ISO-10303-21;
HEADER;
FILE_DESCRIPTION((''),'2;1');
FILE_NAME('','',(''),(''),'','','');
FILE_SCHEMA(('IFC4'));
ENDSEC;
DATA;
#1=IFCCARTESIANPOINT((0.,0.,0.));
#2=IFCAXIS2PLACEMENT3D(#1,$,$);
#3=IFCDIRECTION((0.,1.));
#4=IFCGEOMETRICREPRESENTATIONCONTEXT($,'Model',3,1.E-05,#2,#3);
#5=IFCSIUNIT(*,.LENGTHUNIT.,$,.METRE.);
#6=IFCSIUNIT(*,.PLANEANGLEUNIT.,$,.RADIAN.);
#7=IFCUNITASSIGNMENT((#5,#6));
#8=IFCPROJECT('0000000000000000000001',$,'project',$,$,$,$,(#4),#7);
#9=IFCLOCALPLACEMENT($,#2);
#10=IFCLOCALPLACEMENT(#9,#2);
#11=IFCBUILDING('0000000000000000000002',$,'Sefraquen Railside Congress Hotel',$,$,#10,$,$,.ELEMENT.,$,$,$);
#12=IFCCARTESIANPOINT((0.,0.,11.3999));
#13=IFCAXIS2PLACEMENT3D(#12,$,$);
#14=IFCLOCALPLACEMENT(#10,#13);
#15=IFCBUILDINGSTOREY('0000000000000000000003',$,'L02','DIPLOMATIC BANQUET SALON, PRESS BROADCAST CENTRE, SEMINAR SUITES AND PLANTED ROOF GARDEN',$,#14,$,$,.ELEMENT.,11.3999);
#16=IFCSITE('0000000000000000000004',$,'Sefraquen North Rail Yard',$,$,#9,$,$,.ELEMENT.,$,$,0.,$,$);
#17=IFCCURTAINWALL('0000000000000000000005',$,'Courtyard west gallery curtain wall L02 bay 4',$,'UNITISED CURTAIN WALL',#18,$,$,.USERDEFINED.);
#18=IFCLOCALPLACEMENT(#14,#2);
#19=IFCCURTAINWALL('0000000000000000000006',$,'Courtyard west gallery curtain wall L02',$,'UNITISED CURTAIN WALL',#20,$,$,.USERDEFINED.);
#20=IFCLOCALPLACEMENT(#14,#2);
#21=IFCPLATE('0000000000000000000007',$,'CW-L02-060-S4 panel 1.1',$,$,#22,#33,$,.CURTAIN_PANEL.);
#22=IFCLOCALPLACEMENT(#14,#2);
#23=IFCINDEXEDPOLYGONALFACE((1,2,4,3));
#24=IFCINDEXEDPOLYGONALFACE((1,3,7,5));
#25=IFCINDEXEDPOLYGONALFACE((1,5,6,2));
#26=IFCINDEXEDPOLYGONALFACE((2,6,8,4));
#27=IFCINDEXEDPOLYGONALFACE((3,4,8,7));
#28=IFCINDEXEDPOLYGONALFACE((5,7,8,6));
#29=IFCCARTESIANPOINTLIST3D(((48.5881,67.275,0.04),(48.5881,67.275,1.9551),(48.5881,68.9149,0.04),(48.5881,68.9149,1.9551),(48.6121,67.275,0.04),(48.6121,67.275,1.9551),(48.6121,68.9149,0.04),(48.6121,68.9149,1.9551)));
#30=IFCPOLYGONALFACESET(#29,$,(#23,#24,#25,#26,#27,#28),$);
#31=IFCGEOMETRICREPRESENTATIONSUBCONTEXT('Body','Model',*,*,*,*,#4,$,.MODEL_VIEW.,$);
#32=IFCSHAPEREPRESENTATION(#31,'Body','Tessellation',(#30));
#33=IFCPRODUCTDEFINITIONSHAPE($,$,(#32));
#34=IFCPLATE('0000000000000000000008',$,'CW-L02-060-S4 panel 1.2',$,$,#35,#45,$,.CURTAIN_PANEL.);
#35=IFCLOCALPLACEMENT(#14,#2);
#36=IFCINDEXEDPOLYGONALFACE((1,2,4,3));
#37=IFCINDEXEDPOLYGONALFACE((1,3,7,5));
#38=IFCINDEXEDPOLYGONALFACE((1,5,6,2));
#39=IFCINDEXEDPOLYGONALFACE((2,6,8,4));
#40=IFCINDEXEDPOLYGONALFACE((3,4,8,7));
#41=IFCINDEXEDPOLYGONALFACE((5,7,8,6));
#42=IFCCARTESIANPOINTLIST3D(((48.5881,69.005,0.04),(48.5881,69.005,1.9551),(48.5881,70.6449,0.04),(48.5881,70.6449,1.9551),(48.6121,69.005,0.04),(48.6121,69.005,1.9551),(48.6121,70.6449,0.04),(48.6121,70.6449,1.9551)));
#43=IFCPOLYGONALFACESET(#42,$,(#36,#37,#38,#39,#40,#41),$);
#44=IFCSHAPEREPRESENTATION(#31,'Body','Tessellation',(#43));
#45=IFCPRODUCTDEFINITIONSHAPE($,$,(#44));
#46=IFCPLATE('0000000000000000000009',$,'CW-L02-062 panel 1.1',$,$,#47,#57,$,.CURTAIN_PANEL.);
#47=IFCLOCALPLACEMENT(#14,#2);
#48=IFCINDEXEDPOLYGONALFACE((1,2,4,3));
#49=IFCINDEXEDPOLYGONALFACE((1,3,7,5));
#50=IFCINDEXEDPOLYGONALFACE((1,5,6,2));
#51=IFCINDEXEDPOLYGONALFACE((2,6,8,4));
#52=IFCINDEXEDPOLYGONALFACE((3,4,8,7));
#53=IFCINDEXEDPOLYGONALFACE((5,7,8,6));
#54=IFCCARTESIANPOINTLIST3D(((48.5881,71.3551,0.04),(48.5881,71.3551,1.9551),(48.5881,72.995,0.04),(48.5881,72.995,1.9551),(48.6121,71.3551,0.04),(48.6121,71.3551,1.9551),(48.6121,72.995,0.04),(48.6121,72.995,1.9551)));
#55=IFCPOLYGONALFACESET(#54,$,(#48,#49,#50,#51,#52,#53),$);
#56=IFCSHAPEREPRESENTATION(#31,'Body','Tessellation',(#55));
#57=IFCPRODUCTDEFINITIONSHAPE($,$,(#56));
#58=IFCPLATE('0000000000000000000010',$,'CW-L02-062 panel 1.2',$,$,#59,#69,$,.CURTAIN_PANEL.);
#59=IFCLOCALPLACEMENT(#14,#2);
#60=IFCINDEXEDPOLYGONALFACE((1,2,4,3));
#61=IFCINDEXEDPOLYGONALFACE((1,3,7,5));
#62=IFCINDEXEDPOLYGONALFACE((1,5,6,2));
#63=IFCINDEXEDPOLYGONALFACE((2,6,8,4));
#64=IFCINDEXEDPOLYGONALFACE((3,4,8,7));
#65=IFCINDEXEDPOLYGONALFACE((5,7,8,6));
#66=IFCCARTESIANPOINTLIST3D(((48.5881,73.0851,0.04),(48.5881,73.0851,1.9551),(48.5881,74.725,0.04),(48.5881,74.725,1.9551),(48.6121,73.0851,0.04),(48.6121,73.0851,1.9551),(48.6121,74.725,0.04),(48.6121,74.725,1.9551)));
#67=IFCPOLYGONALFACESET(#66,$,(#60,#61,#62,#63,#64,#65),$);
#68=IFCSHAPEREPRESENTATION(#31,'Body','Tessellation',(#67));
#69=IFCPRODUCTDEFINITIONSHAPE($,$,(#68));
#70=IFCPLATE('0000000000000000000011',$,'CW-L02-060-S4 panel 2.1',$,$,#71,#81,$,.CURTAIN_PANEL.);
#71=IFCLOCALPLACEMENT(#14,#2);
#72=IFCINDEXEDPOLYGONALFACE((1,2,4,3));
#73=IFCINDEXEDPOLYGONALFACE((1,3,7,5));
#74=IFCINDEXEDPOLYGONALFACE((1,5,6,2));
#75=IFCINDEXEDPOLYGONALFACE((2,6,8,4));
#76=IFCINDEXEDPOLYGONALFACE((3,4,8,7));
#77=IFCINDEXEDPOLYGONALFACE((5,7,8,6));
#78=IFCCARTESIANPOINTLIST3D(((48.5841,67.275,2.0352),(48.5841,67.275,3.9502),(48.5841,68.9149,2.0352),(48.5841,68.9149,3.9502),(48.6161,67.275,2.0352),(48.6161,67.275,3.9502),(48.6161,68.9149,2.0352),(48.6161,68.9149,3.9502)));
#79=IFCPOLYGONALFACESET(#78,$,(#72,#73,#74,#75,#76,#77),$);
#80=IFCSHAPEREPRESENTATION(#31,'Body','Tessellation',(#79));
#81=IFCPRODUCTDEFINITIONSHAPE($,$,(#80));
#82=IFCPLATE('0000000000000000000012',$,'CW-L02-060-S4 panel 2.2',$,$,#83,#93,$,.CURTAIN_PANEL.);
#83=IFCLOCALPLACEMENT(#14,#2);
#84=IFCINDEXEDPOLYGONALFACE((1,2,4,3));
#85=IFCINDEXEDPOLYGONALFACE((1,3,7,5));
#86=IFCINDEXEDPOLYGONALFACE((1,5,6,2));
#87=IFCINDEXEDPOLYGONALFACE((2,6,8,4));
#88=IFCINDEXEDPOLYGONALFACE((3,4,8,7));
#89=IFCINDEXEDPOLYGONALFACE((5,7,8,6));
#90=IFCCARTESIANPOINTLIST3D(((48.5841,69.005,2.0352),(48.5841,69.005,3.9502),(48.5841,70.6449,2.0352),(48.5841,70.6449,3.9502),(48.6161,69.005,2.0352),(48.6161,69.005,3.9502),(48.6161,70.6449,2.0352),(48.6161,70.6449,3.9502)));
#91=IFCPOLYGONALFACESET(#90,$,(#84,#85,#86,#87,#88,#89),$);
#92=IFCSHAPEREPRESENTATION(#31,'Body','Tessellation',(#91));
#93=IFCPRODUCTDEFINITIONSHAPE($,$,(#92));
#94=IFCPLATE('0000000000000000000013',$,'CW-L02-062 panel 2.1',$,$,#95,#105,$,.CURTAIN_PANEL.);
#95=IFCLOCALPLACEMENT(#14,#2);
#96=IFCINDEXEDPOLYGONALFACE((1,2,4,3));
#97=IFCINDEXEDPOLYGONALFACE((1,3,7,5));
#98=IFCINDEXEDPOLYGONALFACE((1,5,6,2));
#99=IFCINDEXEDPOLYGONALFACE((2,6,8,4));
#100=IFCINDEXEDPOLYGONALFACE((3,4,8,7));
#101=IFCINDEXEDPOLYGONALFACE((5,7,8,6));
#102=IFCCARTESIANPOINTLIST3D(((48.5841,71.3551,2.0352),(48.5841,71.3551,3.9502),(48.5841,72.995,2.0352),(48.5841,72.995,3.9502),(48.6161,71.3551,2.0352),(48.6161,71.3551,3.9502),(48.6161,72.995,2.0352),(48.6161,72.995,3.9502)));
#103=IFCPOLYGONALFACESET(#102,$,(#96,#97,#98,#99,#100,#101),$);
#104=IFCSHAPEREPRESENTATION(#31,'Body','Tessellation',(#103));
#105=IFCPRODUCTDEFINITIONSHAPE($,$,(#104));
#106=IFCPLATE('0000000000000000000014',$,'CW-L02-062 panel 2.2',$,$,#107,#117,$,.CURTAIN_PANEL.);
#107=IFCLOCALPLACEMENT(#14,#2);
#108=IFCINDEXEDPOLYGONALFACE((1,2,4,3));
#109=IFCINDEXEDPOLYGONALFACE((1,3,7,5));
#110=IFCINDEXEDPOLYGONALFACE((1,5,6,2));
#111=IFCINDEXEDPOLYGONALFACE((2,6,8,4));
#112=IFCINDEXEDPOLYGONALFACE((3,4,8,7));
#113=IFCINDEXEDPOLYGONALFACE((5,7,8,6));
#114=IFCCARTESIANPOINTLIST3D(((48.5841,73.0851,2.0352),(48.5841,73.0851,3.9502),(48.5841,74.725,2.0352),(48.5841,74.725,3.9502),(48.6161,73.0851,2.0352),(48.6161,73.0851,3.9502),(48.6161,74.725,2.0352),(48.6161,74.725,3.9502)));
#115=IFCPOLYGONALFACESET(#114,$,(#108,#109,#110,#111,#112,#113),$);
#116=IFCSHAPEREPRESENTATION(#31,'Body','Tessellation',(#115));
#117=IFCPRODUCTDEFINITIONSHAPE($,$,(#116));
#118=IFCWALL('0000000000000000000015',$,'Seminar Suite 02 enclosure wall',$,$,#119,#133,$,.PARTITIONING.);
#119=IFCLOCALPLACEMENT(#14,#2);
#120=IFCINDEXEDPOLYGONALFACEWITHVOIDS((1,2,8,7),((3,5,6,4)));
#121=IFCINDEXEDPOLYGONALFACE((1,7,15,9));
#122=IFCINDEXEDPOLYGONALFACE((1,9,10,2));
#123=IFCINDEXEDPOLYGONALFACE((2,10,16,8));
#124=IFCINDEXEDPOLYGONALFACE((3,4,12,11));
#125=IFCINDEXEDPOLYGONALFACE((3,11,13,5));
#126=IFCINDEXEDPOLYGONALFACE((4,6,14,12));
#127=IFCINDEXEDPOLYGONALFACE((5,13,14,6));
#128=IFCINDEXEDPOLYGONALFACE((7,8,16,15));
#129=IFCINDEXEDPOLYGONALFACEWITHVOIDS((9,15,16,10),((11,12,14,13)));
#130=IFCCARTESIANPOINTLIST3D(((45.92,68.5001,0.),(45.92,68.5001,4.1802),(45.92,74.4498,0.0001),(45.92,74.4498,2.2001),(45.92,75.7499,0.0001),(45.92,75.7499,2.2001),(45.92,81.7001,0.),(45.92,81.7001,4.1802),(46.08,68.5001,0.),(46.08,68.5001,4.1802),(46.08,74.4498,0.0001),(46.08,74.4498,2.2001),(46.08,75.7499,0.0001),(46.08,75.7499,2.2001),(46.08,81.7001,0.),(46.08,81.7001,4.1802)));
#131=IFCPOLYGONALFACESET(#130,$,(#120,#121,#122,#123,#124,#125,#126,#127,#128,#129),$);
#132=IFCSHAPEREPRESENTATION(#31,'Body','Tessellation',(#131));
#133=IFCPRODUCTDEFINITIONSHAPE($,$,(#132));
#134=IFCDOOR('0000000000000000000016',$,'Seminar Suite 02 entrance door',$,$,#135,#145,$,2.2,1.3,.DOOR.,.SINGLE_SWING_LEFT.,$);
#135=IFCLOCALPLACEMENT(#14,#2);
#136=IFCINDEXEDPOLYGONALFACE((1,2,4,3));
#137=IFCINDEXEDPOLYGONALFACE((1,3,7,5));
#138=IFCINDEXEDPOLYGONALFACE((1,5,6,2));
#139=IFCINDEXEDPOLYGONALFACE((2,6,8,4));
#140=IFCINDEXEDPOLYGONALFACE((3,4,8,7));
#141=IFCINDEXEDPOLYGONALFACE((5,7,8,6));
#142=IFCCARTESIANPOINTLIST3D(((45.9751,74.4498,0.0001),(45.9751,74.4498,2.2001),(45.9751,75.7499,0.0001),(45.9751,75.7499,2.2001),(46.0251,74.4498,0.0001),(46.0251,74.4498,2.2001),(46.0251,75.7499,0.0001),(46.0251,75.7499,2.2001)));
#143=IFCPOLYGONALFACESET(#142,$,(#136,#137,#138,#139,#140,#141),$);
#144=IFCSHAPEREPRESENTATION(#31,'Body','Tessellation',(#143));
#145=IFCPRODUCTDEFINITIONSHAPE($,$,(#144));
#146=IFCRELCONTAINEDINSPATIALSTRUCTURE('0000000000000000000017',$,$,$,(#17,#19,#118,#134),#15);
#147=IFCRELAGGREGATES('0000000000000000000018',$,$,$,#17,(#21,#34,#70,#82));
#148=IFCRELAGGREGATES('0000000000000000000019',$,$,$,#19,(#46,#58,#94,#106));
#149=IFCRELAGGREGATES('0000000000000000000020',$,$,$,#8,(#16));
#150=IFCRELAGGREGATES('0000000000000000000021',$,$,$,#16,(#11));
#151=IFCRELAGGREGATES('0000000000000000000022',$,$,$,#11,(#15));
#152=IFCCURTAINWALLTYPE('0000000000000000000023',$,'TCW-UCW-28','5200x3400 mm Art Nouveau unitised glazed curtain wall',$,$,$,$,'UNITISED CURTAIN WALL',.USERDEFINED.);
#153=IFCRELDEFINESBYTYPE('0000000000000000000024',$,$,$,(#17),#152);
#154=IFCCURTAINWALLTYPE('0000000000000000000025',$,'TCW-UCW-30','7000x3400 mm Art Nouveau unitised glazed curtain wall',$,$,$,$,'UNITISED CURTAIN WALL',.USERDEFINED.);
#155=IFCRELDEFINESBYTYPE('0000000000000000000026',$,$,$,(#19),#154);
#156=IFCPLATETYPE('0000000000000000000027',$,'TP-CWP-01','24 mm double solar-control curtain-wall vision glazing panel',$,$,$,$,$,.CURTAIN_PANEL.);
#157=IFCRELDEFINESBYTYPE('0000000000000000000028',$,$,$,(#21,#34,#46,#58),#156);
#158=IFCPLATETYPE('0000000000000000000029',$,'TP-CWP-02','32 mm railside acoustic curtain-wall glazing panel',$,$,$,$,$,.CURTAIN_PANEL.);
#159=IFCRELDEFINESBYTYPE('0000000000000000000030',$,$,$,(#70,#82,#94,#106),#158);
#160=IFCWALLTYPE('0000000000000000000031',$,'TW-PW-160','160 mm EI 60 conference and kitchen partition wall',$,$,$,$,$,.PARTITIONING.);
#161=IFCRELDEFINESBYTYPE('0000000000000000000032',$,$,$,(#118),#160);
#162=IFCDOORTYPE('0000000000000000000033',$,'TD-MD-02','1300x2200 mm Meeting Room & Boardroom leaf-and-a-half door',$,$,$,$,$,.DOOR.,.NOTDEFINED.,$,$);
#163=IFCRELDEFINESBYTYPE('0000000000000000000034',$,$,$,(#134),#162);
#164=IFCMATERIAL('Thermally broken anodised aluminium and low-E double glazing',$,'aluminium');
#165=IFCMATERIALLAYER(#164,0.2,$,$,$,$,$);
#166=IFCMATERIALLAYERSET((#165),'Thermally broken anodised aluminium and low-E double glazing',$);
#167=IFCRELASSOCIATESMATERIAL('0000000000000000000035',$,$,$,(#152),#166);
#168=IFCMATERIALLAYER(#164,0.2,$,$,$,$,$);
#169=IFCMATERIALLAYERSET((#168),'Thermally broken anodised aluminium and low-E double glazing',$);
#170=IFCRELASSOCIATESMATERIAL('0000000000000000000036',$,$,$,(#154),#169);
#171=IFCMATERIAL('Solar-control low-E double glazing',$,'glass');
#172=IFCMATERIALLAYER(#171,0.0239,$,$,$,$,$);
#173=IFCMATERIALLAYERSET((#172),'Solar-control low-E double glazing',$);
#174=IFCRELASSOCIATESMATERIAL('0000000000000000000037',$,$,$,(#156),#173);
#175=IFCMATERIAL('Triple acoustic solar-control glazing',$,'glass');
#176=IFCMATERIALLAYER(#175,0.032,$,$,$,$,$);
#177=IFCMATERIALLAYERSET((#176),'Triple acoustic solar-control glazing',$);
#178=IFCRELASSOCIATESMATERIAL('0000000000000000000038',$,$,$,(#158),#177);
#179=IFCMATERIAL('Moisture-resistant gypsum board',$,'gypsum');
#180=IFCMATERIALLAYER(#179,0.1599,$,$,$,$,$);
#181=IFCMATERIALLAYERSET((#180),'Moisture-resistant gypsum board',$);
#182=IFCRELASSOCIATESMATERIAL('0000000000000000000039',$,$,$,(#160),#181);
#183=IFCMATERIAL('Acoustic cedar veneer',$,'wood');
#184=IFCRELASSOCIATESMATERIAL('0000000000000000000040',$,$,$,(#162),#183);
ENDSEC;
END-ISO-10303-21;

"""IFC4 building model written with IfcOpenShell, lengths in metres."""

from ifc_helpers import new_model, si_unit, direction, frame, frame_2d, origin, origin_2d, place, context, subcontext, project, spatial, rectangle, extrude, material, layer, layer_set, type_object, element, fill, aggregate, save


model = new_model("IFC4")

# Units and contexts
model_context = context("Model", 3, precision=1e-05, world=origin(), true_north=direction((0.0, 1.0)))
body_context = subcontext(model_context, "Body", "Model", "MODEL_VIEW")
ifc_project = project(units=[si_unit("LENGTHUNIT", "METRE"), si_unit("PLANEANGLEUNIT", "RADIAN")], contexts=[model_context])

# Site, building, storey
site_placement = place(None, origin())
site = spatial("IfcSite", under=ifc_project, at=site_placement, Name="Sefraquen North Rail Yard", CompositionType="ELEMENT", RefElevation=0.0)
building_placement = place(site_placement, origin())
building = spatial("IfcBuilding", under=site, at=building_placement, Name="Sefraquen Railside Congress Hotel", CompositionType="ELEMENT")
storey_placement = place(building_placement, frame((0.0, 0.0, 11.3999)))
storey = spatial("IfcBuildingStorey", under=building, at=storey_placement, Name="L02", Description="DIPLOMATIC BANQUET SALON, PRESS BROADCAST CENTRE, SEMINAR SUITES AND PLANTED ROOF GARDEN", CompositionType="ELEMENT", Elevation=11.3999)

# Curtain walls
ifc_material_1 = material(Name="Thermally broken anodised aluminium and low-E double glazing", Category="aluminium")
ifc_layer_1 = layer(ifc_material_1, 0.2)
ifc_layer_set_1 = layer_set([ifc_layer_1], Name="Thermally broken anodised aluminium and low-E double glazing")
curtain_wall_type_1 = type_object("IfcCurtainWallType", Name="TCW-UCW-28", Description="5200x3400 mm Art Nouveau unitised glazed curtain wall", ElementType="UNITISED CURTAIN WALL", PredefinedType="USERDEFINED", material=ifc_layer_set_1)
curtain_wall_1_placement = place(storey_placement, origin())
curtain_wall_1 = element("IfcCurtainWall", 1, at=curtain_wall_1_placement, inside=storey, type_object=curtain_wall_type_1, Name="Courtyard west gallery curtain wall L02 bay 4", ObjectType="UNITISED CURTAIN WALL", PredefinedType="USERDEFINED")
ifc_layer_2 = layer(ifc_material_1, 0.2)
ifc_layer_set_2 = layer_set([ifc_layer_2], Name="Thermally broken anodised aluminium and low-E double glazing")
curtain_wall_type_2 = type_object("IfcCurtainWallType", Name="TCW-UCW-30", Description="7000x3400 mm Art Nouveau unitised glazed curtain wall", ElementType="UNITISED CURTAIN WALL", PredefinedType="USERDEFINED", material=ifc_layer_set_2)
curtain_wall_2_placement = place(storey_placement, origin())
curtain_wall_2 = element("IfcCurtainWall", 2, at=curtain_wall_2_placement, inside=storey, type_object=curtain_wall_type_2, Name="Courtyard west gallery curtain wall L02", ObjectType="UNITISED CURTAIN WALL", PredefinedType="USERDEFINED")

# Plates
ifc_material_2 = material(Name="Solar-control low-E double glazing", Category="glass")
ifc_layer_3 = layer(ifc_material_2, 0.0239)
ifc_layer_set_3 = layer_set([ifc_layer_3], Name="Solar-control low-E double glazing")
plate_type_1 = type_object("IfcPlateType", Name="TP-CWP-01", Description="24 mm double solar-control curtain-wall vision glazing panel", PredefinedType="CURTAIN_PANEL", material=ifc_layer_set_3)
plate_1_placement = place(storey_placement, frame((48.6001, 68.095, 0.04), z_axis=(0.0, 0.0, 1.0), x_axis=(0.0, 1.0, 0.0)))
plate_1 = element("IfcPlate", 3, at=plate_1_placement, type_object=plate_type_1, Name="CW-L02-060-S4 panel 1.1", PredefinedType="CURTAIN_PANEL", context=body_context, shape_type="SweptSolid", body=[
    extrude(rectangle(XDim=1.6399, YDim=0.0239, at=origin_2d()), origin(), (0.0, 0.0, 1.0), 1.915),
])
plate_2_placement = place(storey_placement, frame((48.6001, 69.825, 0.04), z_axis=(0.0, 0.0, 1.0), x_axis=(0.0, 1.0, 0.0)))
plate_2 = element("IfcPlate", 4, at=plate_2_placement, type_object=plate_type_1, Name="CW-L02-060-S4 panel 1.2", PredefinedType="CURTAIN_PANEL", context=body_context, shape_type="SweptSolid", body=[
    extrude(rectangle(XDim=1.6399, YDim=0.0239, at=origin_2d()), origin(), (0.0, 0.0, 1.0), 1.915),
])
plate_3_placement = place(storey_placement, frame((48.6001, 72.175, 0.04), z_axis=(0.0, 0.0, 1.0), x_axis=(0.0, 1.0, 0.0)))
plate_3 = element("IfcPlate", 5, at=plate_3_placement, type_object=plate_type_1, Name="CW-L02-062 panel 1.1", PredefinedType="CURTAIN_PANEL", context=body_context, shape_type="SweptSolid", body=[
    extrude(rectangle(XDim=1.6399, YDim=0.0239, at=origin_2d()), origin(), (0.0, 0.0, 1.0), 1.915),
])
plate_4_placement = place(storey_placement, frame((48.6001, 73.905, 0.04), z_axis=(0.0, 0.0, 1.0), x_axis=(0.0, 1.0, 0.0)))
plate_4 = element("IfcPlate", 6, at=plate_4_placement, type_object=plate_type_1, Name="CW-L02-062 panel 1.2", PredefinedType="CURTAIN_PANEL", context=body_context, shape_type="SweptSolid", body=[
    extrude(rectangle(XDim=1.6399, YDim=0.0239, at=origin_2d()), origin(), (0.0, 0.0, 1.0), 1.915),
])
ifc_material_3 = material(Name="Triple acoustic solar-control glazing", Category="glass")
ifc_layer_4 = layer(ifc_material_3, 0.032)
ifc_layer_set_4 = layer_set([ifc_layer_4], Name="Triple acoustic solar-control glazing")
plate_type_2 = type_object("IfcPlateType", Name="TP-CWP-02", Description="32 mm railside acoustic curtain-wall glazing panel", PredefinedType="CURTAIN_PANEL", material=ifc_layer_set_4)
plate_5_placement = place(storey_placement, frame((48.6001, 68.095, 2.0352), z_axis=(0.0, 0.0, 1.0), x_axis=(0.0, 1.0, 0.0)))
plate_5 = element("IfcPlate", 7, at=plate_5_placement, type_object=plate_type_2, Name="CW-L02-060-S4 panel 2.1", PredefinedType="CURTAIN_PANEL", context=body_context, shape_type="SweptSolid", body=[
    extrude(rectangle(XDim=1.6399, YDim=0.032, at=origin_2d()), origin(), (0.0, 0.0, 1.0), 1.915),
])
plate_6_placement = place(storey_placement, frame((48.6001, 69.825, 2.0352), z_axis=(0.0, 0.0, 1.0), x_axis=(0.0, 1.0, 0.0)))
plate_6 = element("IfcPlate", 8, at=plate_6_placement, type_object=plate_type_2, Name="CW-L02-060-S4 panel 2.2", PredefinedType="CURTAIN_PANEL", context=body_context, shape_type="SweptSolid", body=[
    extrude(rectangle(XDim=1.6399, YDim=0.032, at=origin_2d()), origin(), (0.0, 0.0, 1.0), 1.915),
])
aggregate(curtain_wall_1, [plate_1, plate_2, plate_5, plate_6])
plate_7_placement = place(storey_placement, frame((48.6001, 72.175, 2.0352), z_axis=(0.0, 0.0, 1.0), x_axis=(0.0, 1.0, 0.0)))
plate_7 = element("IfcPlate", 9, at=plate_7_placement, type_object=plate_type_2, Name="CW-L02-062 panel 2.1", PredefinedType="CURTAIN_PANEL", context=body_context, shape_type="SweptSolid", body=[
    extrude(rectangle(XDim=1.6399, YDim=0.032, at=origin_2d()), origin(), (0.0, 0.0, 1.0), 1.915),
])
plate_8_placement = place(storey_placement, frame((48.6001, 73.905, 2.0352), z_axis=(0.0, 0.0, 1.0), x_axis=(0.0, 1.0, 0.0)))
plate_8 = element("IfcPlate", 10, at=plate_8_placement, type_object=plate_type_2, Name="CW-L02-062 panel 2.2", PredefinedType="CURTAIN_PANEL", context=body_context, shape_type="SweptSolid", body=[
    extrude(rectangle(XDim=1.6399, YDim=0.032, at=origin_2d()), origin(), (0.0, 0.0, 1.0), 1.915),
])
aggregate(curtain_wall_2, [plate_3, plate_4, plate_7, plate_8])

# Wall, opening, door
ifc_material_4 = material(Name="Moisture-resistant gypsum board", Category="gypsum")
ifc_layer_5 = layer(ifc_material_4, 0.1599)
ifc_layer_set_5 = layer_set([ifc_layer_5], Name="Moisture-resistant gypsum board")
wall_type = type_object("IfcWallType", Name="TW-PW-160", Description="160 mm EI 60 conference and kitchen partition wall", PredefinedType="PARTITIONING", material=ifc_layer_set_5)
wall_placement = place(storey_placement, frame((46.0, 68.5, 0.0), z_axis=(0.0, 0.0, 1.0), x_axis=(0.0, 1.0, 0.0)))
wall = element("IfcWall", 11, at=wall_placement, inside=storey, type_object=wall_type, Name="Seminar Suite 02 enclosure wall", PredefinedType="PARTITIONING", context=body_context, shape_type="SweptSolid", body=[
    extrude(rectangle(XDim=13.2, YDim=0.1599, at=frame_2d((6.6001, 0.0))), origin(), (0.0, 0.0, 1.0), 4.1802),
])
opening_placement = place(wall_placement, frame((5.95, 0.0, 0.0)))
opening = element("IfcOpeningElement", 12, at=opening_placement, cuts=wall, PredefinedType="OPENING", context=body_context, shape_type="SweptSolid", body=[
    extrude(rectangle(XDim=1.3, YDim=2.2, at=frame_2d((0.6499, 1.1001))), frame((0.0, 0.0898, 0.0), z_axis=(0.0, -1.0, 0.0), x_axis=(1.0, 0.0, 0.0)), (0.0, 0.0, 1.0), 0.1799),
])
ifc_material_5 = material(Name="Acoustic cedar veneer", Category="wood")
door_type = type_object("IfcDoorType", Name="TD-MD-02", Description="1300x2200 mm Meeting Room & Boardroom leaf-and-a-half door", OperationType="NOTDEFINED", PredefinedType="DOOR", material=ifc_material_5)
door_placement = place(opening_placement, origin())
door = element("IfcDoor", 13, at=door_placement, inside=storey, type_object=door_type, Name="Seminar Suite 02 entrance door", OperationType="SINGLE_SWING_LEFT", OverallHeight=2.2, OverallWidth=1.3, PredefinedType="DOOR", context=body_context, shape_type="SweptSolid", body=[
    extrude(rectangle(XDim=1.3, YDim=2.2, at=frame_2d((0.6499, 1.1001))), frame((0.0, 0.0249, 0.0), z_axis=(0.0, -1.0, 0.0), x_axis=(1.0, 0.0, 0.0)), (0.0, 0.0, 1.0), 0.05),
])
fill(opening, door)

save(model, "model.ifc")
